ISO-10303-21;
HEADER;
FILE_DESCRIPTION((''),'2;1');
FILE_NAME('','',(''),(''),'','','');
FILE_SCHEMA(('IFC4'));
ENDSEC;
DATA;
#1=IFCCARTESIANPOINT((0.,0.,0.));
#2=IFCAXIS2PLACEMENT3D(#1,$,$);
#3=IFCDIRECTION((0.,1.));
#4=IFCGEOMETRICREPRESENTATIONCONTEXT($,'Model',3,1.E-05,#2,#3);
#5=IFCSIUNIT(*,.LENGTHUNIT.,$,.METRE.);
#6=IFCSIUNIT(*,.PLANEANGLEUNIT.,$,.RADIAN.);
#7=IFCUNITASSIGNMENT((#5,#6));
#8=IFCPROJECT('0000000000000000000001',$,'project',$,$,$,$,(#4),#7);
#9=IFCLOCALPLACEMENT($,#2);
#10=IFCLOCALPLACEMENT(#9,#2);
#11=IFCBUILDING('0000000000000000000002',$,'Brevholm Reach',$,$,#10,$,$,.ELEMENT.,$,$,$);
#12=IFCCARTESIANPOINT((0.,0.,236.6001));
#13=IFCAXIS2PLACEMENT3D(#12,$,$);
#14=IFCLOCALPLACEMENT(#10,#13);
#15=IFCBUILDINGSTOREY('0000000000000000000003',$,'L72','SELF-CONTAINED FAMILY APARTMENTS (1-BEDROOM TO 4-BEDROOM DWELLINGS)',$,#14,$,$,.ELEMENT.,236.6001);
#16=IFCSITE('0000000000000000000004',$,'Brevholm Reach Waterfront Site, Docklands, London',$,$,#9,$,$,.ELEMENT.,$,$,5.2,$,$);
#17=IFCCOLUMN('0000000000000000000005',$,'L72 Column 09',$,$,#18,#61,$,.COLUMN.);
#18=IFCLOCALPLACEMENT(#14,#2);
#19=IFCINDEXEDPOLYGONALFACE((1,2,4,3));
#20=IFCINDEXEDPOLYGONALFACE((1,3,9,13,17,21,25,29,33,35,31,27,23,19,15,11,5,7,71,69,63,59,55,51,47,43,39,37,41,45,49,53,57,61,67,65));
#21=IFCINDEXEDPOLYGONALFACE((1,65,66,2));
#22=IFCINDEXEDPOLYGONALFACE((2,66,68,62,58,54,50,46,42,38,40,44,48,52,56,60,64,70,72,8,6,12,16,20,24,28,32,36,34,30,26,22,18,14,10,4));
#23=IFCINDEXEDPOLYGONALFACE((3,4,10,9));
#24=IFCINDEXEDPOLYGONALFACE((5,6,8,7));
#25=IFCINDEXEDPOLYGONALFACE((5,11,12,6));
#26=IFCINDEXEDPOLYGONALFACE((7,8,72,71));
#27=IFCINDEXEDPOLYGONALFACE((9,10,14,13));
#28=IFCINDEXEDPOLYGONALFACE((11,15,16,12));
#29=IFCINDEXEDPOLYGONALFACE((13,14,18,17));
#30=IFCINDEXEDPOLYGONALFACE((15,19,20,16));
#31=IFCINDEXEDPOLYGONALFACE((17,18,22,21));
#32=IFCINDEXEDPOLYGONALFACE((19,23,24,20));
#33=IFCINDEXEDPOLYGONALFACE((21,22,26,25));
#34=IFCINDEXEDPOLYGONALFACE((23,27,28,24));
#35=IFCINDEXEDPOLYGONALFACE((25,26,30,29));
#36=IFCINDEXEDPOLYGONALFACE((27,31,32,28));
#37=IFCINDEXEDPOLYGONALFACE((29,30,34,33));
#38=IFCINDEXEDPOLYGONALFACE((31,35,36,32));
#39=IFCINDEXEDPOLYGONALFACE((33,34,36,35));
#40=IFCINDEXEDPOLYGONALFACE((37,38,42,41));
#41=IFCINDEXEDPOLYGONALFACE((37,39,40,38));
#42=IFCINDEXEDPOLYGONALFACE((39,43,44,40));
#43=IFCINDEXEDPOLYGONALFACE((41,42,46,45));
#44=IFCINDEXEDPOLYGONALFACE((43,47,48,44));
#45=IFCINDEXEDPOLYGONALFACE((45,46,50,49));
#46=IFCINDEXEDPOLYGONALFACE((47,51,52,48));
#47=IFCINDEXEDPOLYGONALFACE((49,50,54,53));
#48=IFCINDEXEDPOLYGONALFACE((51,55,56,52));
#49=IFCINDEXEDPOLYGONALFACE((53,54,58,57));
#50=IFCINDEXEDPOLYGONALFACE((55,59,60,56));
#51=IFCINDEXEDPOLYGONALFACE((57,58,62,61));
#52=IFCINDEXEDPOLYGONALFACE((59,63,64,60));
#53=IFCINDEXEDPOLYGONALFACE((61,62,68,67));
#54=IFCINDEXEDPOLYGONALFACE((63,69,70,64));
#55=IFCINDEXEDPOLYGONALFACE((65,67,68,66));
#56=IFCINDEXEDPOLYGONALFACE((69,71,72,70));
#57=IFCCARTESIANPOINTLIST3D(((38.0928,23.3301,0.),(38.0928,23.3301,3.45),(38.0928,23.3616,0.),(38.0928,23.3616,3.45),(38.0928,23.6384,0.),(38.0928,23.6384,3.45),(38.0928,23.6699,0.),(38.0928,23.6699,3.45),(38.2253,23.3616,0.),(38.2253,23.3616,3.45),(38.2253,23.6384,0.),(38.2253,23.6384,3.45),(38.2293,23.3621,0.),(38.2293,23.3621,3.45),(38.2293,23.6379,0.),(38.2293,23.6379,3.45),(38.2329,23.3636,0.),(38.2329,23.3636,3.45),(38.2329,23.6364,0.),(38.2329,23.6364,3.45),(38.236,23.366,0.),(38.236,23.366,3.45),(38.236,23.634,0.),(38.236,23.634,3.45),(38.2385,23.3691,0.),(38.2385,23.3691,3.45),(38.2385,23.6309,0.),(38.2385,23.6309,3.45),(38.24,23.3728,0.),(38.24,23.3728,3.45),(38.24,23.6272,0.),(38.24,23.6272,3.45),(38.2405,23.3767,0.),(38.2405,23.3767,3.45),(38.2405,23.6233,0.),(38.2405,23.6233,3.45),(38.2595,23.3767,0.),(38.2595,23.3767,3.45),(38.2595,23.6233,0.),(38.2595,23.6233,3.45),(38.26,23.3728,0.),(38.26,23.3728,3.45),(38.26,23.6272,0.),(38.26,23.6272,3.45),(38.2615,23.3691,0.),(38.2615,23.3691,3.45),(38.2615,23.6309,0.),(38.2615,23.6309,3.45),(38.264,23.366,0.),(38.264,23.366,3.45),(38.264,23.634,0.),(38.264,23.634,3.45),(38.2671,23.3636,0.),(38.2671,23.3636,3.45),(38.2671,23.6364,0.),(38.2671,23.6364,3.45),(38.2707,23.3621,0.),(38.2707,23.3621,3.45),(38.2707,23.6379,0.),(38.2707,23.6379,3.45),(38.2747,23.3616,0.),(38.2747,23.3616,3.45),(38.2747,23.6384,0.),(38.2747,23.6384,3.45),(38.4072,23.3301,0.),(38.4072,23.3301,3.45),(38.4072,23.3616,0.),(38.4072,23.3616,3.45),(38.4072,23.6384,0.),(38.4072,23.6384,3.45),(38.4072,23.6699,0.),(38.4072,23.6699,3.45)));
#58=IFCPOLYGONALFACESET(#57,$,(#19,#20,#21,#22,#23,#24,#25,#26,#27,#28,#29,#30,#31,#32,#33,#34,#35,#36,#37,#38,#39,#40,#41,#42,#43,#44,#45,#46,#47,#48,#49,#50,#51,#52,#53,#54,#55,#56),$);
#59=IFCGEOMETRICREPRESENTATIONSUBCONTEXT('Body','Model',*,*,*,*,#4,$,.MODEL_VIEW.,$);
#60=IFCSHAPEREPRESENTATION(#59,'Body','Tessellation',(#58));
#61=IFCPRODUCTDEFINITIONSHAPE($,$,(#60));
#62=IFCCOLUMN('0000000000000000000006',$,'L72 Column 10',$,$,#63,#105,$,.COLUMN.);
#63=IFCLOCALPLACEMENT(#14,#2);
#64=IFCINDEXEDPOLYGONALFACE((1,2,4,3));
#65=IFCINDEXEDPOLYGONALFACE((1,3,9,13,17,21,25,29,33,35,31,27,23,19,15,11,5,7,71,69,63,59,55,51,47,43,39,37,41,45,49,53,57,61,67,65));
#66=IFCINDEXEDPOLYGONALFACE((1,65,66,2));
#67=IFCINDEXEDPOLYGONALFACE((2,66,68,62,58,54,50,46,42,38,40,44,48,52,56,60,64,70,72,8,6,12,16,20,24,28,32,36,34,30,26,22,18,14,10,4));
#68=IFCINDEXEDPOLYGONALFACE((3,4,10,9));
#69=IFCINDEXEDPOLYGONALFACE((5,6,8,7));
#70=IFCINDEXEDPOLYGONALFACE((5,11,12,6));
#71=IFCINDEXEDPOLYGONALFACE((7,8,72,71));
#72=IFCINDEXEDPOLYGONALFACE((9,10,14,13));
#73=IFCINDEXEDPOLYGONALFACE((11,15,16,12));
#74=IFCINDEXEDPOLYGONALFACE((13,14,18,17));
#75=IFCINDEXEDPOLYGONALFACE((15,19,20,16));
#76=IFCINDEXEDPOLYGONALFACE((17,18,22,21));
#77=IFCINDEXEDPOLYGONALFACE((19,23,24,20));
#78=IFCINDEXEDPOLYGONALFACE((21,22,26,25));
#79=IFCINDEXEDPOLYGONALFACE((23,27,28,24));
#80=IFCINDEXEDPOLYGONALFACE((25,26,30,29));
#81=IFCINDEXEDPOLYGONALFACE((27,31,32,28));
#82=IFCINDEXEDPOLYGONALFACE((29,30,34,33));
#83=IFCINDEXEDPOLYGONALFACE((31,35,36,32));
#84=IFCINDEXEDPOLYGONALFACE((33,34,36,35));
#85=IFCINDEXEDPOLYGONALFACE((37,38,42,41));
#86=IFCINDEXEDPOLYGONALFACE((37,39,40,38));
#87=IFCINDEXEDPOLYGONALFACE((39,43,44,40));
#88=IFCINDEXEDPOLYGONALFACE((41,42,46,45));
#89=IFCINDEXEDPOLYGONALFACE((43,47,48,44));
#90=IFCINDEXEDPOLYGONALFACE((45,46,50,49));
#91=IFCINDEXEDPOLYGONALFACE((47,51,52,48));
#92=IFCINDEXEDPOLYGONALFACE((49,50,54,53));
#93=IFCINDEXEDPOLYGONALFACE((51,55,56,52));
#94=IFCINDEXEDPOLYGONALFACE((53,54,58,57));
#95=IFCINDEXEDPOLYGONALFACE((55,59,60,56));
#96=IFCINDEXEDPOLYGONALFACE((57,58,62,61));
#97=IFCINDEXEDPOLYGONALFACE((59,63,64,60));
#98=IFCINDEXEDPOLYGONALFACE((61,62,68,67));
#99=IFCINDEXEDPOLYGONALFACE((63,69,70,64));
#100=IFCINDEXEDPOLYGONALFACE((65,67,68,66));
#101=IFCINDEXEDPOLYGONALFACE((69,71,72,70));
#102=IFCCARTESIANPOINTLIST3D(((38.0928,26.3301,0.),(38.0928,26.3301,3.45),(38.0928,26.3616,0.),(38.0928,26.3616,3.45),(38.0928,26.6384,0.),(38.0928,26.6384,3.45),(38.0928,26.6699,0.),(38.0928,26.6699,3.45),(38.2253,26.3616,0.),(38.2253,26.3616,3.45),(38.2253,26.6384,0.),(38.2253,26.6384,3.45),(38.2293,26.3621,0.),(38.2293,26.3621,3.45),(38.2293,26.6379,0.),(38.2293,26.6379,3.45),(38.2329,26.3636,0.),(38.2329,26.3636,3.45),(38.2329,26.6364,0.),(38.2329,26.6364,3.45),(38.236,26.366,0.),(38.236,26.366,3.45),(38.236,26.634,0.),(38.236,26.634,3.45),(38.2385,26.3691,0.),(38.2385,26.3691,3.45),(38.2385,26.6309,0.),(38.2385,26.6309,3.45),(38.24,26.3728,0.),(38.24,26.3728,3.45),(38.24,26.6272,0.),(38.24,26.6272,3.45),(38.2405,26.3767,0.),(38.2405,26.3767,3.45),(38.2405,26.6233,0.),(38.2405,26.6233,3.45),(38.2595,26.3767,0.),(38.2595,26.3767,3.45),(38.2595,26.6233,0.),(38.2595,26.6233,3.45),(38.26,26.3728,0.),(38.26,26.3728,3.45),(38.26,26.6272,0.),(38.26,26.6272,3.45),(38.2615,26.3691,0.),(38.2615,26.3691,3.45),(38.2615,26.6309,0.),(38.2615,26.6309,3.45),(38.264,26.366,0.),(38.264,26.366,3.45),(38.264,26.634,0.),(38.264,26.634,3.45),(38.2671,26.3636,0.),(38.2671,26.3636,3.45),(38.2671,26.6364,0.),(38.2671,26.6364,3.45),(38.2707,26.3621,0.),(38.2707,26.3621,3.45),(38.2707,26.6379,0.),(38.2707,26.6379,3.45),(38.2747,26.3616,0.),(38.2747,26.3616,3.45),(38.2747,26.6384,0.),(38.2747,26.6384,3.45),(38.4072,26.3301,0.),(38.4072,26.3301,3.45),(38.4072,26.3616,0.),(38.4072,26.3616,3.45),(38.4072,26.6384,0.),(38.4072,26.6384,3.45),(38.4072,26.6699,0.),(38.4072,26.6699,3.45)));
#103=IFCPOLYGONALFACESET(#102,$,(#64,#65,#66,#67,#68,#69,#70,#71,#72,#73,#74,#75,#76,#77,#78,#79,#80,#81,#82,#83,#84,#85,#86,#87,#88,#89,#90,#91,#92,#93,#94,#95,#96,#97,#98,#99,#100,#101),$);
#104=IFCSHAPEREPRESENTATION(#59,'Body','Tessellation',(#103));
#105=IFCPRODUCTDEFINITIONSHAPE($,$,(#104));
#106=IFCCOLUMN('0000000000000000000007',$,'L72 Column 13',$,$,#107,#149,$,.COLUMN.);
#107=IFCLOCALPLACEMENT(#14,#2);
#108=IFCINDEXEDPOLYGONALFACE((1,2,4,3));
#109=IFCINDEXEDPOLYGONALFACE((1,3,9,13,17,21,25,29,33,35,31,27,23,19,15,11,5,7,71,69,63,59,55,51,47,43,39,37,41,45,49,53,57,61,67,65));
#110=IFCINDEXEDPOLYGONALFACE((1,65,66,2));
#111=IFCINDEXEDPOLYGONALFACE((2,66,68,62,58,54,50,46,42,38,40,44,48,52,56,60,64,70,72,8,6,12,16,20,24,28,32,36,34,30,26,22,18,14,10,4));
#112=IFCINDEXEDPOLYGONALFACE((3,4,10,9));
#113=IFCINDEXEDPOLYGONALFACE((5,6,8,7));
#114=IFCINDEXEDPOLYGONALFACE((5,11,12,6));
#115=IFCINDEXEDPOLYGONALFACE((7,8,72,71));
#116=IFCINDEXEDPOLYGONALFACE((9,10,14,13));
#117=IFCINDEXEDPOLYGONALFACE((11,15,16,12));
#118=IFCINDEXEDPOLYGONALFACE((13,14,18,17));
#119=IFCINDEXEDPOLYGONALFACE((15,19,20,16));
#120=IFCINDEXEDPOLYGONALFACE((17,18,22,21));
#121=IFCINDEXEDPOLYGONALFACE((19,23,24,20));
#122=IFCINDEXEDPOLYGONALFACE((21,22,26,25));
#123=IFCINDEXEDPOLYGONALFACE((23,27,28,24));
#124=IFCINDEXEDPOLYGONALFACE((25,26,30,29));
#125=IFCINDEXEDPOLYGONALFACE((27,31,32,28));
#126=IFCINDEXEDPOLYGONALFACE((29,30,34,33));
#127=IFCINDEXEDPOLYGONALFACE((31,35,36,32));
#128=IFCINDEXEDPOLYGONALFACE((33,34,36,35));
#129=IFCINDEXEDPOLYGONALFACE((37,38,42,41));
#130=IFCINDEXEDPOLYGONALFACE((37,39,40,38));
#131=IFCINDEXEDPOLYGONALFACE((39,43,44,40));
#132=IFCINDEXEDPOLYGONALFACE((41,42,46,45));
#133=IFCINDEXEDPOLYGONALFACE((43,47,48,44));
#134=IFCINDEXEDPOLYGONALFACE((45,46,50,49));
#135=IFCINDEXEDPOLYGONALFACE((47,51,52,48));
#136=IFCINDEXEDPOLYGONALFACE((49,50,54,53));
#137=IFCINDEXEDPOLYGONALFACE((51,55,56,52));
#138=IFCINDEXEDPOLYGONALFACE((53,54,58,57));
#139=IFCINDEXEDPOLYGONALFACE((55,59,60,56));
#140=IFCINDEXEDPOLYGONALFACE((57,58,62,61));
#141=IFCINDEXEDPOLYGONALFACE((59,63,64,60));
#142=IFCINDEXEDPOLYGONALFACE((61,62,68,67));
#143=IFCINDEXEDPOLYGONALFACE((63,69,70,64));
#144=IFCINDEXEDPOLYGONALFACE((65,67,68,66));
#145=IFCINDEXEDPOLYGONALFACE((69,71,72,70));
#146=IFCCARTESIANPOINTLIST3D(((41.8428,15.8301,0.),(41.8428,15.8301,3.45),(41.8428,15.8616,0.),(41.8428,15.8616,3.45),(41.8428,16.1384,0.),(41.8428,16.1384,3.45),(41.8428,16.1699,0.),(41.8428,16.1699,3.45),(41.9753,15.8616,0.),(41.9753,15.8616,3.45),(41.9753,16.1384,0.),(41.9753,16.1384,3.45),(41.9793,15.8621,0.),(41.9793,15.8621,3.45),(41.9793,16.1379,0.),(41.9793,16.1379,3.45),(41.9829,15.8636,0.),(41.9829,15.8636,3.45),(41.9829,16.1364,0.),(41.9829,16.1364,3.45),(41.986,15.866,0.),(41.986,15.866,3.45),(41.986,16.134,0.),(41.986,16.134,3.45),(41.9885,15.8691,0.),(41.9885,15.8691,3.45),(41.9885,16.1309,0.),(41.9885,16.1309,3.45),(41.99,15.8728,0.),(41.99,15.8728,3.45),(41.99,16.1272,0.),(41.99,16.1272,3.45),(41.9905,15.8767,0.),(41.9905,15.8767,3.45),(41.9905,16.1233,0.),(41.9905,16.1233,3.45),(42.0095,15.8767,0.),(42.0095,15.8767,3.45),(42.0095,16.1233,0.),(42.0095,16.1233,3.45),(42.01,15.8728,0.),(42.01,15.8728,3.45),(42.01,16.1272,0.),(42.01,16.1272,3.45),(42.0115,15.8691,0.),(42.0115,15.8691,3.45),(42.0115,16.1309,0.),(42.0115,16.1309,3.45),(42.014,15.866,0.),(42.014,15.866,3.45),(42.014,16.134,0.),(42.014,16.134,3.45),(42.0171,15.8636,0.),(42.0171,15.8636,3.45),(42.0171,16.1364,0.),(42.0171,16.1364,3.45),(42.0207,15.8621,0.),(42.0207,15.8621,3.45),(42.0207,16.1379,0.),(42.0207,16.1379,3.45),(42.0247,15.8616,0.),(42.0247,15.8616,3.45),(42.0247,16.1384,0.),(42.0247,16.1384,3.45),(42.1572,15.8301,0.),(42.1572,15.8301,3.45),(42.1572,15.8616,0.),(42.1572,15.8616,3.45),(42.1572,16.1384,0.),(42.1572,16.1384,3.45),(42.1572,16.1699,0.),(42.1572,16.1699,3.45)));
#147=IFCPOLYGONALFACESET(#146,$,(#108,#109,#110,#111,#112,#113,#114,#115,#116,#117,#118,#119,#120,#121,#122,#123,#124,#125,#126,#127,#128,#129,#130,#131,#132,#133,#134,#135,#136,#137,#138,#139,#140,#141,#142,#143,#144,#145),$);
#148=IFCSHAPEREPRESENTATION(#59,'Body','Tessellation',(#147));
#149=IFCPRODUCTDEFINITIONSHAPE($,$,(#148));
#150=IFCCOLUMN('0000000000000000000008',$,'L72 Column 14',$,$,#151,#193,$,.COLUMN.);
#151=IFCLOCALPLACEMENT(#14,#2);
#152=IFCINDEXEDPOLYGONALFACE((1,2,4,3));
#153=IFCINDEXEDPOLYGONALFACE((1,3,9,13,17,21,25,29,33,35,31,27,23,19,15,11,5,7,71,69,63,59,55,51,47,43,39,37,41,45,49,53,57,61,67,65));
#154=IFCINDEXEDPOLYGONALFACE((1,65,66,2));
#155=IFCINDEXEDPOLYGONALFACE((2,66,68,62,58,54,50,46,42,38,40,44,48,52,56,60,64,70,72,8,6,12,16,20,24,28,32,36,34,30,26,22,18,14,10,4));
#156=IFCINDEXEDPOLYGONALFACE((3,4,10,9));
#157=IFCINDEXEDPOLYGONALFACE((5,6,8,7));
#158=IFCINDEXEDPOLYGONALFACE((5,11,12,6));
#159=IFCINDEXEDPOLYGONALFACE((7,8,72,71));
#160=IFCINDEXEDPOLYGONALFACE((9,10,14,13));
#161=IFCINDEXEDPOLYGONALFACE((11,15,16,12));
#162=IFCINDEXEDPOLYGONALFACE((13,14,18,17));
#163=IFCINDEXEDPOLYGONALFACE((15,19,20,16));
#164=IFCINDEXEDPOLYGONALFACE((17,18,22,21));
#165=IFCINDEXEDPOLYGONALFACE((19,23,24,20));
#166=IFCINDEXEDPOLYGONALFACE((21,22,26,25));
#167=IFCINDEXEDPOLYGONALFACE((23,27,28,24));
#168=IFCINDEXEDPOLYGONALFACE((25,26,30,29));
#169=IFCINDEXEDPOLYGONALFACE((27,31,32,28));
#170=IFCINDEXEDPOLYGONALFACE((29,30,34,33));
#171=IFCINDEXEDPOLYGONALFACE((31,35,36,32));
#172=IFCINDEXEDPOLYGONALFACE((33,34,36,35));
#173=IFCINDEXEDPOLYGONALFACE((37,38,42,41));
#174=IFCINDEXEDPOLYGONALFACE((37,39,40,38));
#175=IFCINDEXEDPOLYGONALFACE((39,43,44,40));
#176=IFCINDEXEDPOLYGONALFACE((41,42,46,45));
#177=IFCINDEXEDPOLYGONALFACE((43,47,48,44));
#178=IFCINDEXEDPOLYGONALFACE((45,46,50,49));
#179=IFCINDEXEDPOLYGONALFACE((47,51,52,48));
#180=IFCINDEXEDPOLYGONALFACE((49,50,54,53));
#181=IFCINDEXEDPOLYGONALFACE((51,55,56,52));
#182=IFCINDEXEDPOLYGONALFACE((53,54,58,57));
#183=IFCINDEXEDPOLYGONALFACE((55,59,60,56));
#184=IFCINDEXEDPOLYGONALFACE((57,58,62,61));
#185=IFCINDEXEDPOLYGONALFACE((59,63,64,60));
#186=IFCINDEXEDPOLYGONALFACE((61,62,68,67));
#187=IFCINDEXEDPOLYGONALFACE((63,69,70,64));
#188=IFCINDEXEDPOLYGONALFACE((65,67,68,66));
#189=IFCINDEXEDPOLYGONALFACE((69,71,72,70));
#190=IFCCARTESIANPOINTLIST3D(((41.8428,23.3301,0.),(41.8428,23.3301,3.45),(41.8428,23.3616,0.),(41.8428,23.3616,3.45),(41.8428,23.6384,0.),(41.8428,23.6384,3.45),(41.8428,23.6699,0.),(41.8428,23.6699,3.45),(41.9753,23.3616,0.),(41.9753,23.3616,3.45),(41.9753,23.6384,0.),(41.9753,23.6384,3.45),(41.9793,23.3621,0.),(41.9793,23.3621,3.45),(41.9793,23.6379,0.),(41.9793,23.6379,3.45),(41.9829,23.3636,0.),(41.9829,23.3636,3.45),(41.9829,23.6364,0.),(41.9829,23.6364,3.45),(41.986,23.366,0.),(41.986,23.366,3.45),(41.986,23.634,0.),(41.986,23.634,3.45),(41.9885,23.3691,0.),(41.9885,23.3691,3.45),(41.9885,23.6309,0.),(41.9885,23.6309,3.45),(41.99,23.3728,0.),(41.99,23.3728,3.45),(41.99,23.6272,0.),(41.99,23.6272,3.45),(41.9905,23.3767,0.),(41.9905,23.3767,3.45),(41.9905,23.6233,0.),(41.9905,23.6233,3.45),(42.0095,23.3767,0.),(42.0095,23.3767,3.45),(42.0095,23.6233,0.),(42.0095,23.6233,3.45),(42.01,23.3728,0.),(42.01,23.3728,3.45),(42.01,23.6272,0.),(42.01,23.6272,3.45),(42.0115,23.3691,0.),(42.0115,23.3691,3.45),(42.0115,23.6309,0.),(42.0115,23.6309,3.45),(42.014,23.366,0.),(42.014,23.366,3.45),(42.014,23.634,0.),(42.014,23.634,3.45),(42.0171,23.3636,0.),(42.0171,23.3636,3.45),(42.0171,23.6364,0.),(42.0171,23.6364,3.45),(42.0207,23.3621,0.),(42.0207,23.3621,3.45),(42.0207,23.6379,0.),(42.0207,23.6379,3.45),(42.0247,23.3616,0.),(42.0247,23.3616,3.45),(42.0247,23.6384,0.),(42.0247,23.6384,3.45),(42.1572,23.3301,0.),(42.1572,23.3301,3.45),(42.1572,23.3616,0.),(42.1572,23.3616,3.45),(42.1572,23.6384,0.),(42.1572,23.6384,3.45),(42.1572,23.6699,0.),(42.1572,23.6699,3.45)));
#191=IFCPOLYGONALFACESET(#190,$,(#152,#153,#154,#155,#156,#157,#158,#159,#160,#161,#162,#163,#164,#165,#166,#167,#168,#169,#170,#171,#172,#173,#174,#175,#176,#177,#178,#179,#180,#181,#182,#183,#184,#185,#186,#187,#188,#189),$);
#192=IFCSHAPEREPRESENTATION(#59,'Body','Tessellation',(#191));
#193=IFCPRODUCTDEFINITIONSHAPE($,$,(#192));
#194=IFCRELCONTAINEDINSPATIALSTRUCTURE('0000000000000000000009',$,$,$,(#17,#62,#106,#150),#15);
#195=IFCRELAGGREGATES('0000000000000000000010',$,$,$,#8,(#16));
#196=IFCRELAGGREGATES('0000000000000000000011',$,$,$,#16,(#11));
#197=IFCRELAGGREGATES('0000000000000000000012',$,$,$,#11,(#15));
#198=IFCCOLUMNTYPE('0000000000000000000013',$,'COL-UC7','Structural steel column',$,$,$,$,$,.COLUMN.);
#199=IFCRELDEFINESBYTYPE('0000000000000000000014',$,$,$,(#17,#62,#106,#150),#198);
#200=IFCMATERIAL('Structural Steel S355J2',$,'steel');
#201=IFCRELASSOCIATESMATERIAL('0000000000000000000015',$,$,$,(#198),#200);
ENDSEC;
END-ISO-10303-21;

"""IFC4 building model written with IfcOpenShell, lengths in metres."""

from ifc_helpers import new_model, si_unit, direction, frame, origin, origin_2d, place, context, subcontext, project, spatial, i_section, extrude, material, material_profile, profile_set, type_object, element, save


model = new_model("IFC4")

# Units and contexts
model_context = context("Model", 3, precision=1e-05, world=origin(), true_north=direction((0.0, 1.0)))
body_context = subcontext(model_context, "Body", "Model", "MODEL_VIEW")
ifc_project = project(units=[si_unit("LENGTHUNIT", "METRE"), si_unit("PLANEANGLEUNIT", "RADIAN")], contexts=[model_context])

# Site, building, storey
site_placement = place(None, origin())
site = spatial("IfcSite", under=ifc_project, at=site_placement, Name="Brevholm Reach Waterfront Site, Docklands, London", CompositionType="ELEMENT", RefElevation=5.2)
building_placement = place(site_placement, origin())
building = spatial("IfcBuilding", under=site, at=building_placement, Name="Brevholm Reach", CompositionType="ELEMENT")
storey_placement = place(building_placement, frame((0.0, 0.0, 236.6001)))
storey = spatial("IfcBuildingStorey", under=building, at=storey_placement, Name="L72", Description="SELF-CONTAINED FAMILY APARTMENTS (1-BEDROOM TO 4-BEDROOM DWELLINGS)", CompositionType="ELEMENT", Elevation=236.6001)

# Columns
ifc_material_1 = material(Name="Structural Steel S355J2", Category="steel")
ifc_material_profile_1 = material_profile(ifc_material_1, i_section(OverallWidth=0.3145, OverallDepth=0.3398, WebThickness=0.019, FlangeThickness=0.0315, FilletRadius=0.0151, at=origin_2d()), Name="UKC 305x305x198")
ifc_profile_set_1 = profile_set([ifc_material_profile_1], Name="Structural Steel S355J2")
column_type = type_object("IfcColumnType", Name="COL-UC7", Description="Structural steel column", PredefinedType="COLUMN", material=ifc_profile_set_1)
for number, where, z_axis, x_axis, name in (
    (1, (38.25, 23.5, 0.0), (0.0, 0.0, 1.0), (1.0, 0.0, 0.0), "L72 Column 09"),
    (2, (38.25, 26.5, 0.0), (0.0, 0.0, 1.0), (1.0, 0.0, 0.0), "L72 Column 10"),
    (3, (42.0, 16.0, 0.0), (0.0, 0.0, 1.0), (1.0, 0.0, 0.0), "L72 Column 13"),
    (4, (42.0, 23.5, 0.0), (0.0, 0.0, 1.0), (1.0, 0.0, 0.0), "L72 Column 14"),
):
    element("IfcColumn", number, at=place(storey_placement, frame(where, z_axis=z_axis, x_axis=x_axis)), inside=storey, type_object=column_type, Name=name, PredefinedType="COLUMN", context=body_context, shape_type="SweptSolid", body=[
        extrude(i_section(OverallWidth=0.3145, OverallDepth=0.3398, WebThickness=0.019, FlangeThickness=0.0315, FilletRadius=0.0151, at=origin_2d()), origin(), (0.0, 0.0, 1.0), 3.45),
    ])

save(model, "model.ifc")
